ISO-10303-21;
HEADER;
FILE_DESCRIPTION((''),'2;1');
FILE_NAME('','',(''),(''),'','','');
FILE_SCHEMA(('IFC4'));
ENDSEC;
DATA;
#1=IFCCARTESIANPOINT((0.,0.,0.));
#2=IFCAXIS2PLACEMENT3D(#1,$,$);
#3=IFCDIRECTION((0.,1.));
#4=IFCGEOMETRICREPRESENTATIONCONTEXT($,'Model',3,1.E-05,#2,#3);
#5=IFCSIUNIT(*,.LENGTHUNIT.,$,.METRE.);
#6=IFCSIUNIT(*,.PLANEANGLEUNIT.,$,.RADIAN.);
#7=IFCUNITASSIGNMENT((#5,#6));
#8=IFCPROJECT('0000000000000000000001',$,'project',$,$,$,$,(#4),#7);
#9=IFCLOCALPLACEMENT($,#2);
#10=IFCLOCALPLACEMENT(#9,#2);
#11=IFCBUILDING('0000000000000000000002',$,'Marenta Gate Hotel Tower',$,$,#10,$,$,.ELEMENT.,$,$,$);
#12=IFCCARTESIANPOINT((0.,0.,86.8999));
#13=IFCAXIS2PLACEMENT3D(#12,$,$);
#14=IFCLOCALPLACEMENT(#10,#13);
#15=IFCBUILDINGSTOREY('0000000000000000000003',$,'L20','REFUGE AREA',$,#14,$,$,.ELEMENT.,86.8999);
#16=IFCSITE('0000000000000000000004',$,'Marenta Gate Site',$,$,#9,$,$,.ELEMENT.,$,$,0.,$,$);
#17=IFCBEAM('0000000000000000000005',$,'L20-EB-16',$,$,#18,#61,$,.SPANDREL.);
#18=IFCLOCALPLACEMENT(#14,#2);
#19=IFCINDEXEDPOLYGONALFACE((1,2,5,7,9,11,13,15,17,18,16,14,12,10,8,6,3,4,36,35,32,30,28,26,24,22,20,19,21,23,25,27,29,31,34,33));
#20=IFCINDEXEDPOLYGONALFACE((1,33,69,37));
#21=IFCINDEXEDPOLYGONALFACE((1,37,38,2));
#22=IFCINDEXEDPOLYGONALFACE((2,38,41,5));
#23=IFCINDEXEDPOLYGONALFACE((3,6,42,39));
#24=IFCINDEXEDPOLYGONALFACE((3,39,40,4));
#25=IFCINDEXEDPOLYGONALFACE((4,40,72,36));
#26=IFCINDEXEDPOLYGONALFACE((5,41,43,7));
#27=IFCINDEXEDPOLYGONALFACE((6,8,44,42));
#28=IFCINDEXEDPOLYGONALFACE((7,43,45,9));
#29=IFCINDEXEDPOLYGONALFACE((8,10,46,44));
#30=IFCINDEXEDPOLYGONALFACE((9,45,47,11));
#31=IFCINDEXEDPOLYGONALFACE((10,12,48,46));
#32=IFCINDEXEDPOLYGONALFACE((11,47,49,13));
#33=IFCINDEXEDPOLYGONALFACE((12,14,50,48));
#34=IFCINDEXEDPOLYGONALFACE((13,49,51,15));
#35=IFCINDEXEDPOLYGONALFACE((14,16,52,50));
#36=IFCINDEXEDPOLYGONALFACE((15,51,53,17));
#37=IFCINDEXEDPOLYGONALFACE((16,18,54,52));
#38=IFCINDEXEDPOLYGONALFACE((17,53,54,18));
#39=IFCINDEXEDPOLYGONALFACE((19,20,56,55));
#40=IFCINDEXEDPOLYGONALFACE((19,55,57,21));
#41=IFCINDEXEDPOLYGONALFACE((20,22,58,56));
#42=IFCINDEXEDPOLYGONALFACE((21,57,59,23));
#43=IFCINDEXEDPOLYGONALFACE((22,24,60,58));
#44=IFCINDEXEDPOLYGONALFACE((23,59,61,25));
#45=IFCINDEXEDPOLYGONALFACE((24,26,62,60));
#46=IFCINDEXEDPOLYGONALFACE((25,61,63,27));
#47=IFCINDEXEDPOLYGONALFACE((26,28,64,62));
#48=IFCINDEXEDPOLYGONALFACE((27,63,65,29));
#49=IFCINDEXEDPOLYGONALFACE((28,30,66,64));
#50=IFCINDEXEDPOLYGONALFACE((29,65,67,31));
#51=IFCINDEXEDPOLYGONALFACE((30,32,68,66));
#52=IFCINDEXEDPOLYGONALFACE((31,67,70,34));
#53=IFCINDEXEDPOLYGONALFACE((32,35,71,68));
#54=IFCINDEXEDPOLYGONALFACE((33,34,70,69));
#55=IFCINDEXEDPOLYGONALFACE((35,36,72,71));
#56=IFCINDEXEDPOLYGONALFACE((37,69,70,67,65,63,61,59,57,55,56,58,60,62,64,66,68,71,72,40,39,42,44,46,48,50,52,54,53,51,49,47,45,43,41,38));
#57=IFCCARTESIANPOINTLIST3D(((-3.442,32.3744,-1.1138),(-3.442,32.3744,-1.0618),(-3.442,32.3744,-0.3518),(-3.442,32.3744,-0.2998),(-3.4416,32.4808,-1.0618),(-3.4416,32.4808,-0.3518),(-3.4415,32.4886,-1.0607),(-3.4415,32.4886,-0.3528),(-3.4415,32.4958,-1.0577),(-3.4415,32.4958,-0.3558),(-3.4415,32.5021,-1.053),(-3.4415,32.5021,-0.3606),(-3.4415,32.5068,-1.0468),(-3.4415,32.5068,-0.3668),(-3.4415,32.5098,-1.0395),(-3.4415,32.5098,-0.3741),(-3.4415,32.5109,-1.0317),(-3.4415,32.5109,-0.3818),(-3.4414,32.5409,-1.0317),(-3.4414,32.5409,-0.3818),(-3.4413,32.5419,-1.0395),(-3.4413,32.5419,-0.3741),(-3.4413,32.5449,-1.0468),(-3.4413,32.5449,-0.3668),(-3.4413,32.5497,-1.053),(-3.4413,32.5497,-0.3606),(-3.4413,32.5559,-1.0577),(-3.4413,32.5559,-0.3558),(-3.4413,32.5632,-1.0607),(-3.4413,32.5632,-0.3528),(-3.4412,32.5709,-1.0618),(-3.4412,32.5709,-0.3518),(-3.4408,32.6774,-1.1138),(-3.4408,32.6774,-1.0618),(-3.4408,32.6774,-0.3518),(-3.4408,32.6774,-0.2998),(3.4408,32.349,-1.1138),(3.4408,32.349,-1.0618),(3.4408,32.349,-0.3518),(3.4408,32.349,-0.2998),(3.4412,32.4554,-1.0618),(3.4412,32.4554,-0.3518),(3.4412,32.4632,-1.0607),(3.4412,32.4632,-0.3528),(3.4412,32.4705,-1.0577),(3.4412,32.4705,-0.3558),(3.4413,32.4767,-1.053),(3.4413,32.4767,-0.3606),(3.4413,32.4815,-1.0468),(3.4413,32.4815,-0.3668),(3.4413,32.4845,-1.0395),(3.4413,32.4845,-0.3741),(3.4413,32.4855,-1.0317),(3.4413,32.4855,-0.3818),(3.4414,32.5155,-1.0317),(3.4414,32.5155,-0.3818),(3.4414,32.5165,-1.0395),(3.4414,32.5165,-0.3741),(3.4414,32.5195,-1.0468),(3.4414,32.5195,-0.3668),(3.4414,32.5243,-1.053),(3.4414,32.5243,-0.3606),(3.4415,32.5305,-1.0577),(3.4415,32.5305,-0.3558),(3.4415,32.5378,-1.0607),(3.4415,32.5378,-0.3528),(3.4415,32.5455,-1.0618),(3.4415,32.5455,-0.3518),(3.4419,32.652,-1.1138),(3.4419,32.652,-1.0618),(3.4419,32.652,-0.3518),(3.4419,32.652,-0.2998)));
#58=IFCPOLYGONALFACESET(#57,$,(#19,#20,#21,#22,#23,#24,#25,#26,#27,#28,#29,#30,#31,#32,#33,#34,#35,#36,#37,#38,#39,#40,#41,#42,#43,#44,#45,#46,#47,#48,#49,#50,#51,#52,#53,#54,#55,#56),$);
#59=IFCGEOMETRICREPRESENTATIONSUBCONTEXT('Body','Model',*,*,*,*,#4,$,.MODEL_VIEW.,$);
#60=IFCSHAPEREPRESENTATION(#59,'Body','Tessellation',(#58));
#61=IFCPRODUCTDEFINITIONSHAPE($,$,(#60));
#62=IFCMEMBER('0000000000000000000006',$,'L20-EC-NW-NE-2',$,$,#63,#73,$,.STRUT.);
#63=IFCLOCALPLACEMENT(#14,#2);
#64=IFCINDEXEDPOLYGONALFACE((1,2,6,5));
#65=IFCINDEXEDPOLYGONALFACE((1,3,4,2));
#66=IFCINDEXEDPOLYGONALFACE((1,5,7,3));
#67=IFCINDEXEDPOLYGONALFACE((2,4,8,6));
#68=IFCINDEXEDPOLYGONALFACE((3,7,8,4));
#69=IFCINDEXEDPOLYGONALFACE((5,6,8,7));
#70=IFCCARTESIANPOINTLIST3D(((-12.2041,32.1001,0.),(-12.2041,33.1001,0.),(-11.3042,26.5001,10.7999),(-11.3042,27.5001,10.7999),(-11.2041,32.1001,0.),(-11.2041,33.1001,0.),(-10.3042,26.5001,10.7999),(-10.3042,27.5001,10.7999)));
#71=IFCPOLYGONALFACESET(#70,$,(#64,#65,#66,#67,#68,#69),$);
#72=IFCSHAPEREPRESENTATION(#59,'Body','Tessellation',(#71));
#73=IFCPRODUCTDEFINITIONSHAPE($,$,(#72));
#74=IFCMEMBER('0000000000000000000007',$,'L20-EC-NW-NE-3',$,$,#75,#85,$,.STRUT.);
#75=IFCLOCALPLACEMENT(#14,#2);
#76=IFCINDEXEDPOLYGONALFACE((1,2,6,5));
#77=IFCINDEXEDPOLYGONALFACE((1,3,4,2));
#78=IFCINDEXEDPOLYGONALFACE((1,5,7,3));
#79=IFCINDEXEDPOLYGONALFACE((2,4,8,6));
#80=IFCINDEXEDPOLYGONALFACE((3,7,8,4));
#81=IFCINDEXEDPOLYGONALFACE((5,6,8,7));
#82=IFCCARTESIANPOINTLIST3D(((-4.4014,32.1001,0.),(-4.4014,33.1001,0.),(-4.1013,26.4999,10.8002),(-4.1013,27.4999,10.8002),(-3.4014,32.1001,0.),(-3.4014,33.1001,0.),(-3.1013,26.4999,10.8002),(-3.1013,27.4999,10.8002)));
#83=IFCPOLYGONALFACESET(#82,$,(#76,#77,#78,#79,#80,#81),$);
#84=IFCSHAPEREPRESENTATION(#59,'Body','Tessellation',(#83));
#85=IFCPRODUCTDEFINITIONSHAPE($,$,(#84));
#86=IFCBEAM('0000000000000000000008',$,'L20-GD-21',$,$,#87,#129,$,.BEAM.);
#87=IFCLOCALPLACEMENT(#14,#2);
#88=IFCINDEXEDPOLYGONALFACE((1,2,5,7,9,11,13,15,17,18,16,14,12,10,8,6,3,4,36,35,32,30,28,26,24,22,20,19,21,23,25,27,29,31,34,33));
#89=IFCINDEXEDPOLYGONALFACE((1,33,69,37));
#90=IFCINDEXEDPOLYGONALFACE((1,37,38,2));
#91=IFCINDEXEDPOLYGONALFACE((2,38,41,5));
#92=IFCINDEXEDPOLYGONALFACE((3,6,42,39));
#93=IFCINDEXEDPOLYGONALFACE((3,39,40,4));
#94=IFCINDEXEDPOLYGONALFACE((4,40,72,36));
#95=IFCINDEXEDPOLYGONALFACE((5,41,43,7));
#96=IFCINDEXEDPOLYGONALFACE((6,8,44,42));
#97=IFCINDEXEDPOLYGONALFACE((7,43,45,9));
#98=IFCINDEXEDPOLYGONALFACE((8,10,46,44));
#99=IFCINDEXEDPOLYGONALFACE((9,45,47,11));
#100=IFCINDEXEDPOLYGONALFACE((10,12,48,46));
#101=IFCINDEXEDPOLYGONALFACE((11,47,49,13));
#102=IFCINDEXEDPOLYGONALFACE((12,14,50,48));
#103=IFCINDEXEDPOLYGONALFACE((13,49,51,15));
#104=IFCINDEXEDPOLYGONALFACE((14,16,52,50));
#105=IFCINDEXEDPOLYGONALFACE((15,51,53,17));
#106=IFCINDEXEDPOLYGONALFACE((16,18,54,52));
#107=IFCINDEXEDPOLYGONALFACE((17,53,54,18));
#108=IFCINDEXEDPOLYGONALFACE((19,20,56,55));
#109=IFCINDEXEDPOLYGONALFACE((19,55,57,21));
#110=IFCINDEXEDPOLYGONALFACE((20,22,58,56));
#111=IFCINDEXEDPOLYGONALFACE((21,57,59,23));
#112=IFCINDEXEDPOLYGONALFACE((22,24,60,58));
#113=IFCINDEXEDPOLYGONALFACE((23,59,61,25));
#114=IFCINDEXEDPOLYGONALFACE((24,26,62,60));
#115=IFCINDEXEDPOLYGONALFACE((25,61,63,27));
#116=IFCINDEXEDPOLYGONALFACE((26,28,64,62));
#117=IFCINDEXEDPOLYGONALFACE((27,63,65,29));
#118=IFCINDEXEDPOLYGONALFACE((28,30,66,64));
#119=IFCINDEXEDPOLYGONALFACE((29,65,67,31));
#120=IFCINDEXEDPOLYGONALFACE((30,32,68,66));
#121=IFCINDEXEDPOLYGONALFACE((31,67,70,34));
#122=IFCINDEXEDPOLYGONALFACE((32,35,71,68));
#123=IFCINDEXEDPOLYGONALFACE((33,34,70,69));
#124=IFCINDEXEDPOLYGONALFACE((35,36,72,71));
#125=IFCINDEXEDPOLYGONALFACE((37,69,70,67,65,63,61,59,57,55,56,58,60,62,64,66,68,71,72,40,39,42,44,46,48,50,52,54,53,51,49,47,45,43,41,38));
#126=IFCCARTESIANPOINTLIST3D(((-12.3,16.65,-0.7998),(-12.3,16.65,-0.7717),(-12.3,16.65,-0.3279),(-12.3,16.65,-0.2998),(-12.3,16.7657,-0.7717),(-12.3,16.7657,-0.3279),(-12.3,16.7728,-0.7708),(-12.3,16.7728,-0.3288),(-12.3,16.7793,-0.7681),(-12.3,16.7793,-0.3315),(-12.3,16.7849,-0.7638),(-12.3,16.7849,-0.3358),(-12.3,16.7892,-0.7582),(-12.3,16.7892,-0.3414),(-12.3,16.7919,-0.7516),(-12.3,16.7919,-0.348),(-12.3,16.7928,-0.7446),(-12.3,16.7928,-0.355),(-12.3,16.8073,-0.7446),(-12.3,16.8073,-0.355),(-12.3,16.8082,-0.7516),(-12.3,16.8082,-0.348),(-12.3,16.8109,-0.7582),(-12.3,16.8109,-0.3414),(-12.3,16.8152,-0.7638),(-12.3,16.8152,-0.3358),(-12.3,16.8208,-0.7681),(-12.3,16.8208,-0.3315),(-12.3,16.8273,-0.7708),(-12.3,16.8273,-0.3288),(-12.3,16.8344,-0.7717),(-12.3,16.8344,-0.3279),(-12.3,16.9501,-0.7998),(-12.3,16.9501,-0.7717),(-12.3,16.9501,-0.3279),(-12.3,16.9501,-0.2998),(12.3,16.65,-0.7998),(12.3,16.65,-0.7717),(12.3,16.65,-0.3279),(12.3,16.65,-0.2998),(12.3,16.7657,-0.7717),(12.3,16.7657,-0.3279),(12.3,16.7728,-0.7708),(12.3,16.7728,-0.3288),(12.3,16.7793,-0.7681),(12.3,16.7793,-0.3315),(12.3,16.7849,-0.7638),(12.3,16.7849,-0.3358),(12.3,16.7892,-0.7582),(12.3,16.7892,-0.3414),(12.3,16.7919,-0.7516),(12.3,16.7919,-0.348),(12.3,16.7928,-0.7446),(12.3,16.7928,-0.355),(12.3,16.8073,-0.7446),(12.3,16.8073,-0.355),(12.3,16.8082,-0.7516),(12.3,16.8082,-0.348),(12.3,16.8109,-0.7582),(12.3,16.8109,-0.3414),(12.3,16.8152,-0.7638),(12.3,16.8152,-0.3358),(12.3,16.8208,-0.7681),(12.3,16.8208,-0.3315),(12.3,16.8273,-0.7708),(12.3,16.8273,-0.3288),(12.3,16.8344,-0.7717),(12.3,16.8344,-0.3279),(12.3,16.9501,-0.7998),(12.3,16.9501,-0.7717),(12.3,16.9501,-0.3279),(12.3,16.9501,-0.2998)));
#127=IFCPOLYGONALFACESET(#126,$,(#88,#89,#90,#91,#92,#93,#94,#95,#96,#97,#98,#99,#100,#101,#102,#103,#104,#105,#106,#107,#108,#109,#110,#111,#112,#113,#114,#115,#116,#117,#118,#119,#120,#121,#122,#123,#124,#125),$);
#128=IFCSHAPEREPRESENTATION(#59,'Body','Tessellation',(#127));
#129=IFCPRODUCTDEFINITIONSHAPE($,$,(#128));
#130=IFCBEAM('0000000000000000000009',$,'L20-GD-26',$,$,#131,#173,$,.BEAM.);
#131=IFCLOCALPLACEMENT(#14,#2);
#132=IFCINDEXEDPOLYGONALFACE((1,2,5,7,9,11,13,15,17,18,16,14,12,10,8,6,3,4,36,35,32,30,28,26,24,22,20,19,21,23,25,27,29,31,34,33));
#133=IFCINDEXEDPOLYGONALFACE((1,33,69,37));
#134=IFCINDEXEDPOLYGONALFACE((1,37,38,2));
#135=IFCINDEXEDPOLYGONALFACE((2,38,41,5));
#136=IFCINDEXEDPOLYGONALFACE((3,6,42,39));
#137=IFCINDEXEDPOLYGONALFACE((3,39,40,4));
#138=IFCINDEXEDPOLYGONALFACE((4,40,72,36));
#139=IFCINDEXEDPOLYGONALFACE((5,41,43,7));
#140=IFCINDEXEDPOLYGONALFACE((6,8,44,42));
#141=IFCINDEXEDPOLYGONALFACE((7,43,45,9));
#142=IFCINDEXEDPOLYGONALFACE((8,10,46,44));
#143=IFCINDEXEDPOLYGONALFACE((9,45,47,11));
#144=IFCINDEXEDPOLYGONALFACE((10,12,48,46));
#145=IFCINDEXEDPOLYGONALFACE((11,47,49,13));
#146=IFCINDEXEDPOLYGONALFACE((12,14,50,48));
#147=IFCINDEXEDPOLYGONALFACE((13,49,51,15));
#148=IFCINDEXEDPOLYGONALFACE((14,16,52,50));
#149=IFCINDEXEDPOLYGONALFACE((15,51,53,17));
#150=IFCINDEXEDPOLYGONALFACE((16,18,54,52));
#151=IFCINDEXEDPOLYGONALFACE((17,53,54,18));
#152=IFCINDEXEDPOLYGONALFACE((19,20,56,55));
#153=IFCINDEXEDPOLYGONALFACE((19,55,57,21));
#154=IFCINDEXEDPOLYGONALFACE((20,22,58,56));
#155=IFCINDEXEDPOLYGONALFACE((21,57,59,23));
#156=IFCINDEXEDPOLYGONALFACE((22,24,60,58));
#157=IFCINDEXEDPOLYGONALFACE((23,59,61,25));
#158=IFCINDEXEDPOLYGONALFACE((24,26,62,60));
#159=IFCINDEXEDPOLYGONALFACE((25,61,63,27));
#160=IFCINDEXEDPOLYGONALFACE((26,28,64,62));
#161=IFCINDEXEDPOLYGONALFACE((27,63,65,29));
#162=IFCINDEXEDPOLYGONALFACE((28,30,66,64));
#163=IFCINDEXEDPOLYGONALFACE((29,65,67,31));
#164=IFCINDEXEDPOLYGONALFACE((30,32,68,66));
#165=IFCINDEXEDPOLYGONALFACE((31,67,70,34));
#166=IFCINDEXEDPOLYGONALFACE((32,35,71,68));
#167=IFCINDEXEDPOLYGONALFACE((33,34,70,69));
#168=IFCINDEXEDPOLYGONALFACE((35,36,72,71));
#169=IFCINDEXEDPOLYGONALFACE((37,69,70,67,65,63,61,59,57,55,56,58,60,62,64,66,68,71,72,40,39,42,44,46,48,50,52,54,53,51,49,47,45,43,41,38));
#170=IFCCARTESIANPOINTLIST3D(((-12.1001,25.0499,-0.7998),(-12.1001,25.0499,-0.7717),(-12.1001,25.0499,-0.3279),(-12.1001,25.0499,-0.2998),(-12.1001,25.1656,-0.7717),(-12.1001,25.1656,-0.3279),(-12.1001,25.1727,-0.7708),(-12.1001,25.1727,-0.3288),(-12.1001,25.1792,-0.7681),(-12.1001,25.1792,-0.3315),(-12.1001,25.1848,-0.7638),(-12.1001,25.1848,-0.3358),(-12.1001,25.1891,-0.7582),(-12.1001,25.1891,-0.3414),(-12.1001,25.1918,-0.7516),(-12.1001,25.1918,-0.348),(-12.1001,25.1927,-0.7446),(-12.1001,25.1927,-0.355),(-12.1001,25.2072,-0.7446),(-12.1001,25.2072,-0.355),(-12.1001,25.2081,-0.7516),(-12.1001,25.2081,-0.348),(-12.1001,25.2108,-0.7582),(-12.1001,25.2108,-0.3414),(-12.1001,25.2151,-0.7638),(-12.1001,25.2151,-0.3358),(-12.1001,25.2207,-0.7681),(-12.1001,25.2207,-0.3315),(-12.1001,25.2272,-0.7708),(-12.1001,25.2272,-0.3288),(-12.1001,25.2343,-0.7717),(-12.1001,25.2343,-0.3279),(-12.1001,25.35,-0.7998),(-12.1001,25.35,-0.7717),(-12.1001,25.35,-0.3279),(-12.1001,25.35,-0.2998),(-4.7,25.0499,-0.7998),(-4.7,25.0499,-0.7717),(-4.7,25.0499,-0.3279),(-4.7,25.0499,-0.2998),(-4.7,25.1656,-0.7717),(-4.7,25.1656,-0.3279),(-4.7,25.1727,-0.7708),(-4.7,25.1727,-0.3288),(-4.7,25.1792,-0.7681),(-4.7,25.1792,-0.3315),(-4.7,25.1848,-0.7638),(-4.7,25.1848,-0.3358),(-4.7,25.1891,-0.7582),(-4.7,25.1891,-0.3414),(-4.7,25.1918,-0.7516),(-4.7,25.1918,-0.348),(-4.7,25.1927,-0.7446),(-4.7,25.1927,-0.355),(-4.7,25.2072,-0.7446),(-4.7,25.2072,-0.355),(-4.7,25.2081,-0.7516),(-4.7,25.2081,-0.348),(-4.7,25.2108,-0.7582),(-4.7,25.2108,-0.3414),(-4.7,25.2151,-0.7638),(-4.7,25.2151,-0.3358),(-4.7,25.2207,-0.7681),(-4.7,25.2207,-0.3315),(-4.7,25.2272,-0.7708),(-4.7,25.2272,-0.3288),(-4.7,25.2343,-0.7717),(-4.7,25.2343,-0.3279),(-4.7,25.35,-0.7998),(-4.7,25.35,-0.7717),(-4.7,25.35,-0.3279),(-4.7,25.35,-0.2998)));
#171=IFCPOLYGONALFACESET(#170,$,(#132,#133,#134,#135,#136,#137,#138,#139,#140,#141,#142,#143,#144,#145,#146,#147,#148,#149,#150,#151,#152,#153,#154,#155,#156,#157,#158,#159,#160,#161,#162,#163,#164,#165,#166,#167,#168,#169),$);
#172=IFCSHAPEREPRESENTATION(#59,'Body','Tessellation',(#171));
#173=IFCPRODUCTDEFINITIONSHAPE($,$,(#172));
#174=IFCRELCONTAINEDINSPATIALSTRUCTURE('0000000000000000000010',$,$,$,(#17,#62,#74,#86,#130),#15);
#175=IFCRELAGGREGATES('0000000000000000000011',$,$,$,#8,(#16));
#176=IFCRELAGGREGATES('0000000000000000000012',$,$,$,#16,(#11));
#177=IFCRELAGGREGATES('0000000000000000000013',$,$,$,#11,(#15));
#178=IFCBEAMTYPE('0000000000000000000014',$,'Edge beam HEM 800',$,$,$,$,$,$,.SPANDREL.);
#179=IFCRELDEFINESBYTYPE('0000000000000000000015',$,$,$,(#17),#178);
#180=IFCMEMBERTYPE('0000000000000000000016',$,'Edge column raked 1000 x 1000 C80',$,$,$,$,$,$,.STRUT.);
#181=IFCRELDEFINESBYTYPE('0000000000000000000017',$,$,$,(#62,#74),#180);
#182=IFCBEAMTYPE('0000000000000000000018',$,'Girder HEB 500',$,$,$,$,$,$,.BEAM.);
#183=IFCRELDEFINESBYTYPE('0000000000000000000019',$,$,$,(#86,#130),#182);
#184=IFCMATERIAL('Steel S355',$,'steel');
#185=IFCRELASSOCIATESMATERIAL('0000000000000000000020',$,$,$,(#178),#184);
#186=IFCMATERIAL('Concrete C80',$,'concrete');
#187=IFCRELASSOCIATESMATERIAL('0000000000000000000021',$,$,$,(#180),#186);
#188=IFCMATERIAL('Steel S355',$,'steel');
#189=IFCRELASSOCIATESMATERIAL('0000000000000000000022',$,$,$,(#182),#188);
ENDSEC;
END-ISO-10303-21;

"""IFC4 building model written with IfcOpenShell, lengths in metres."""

from ifc_helpers import new_model, si_unit, direction, frame, origin, origin_2d, place, context, subcontext, project, spatial, rectangle, i_section, extrude, material, material_profile, profile_set, type_object, element, save


model = new_model("IFC4")

# Units and contexts
model_context = context("Model", 3, precision=1e-05, world=origin(), true_north=direction((0.0, 1.0)))
body_context = subcontext(model_context, "Body", "Model", "MODEL_VIEW")
ifc_project = project(units=[si_unit("LENGTHUNIT", "METRE"), si_unit("PLANEANGLEUNIT", "RADIAN")], contexts=[model_context])

# Site, building, storey
site_placement = place(None, origin())
site = spatial("IfcSite", under=ifc_project, at=site_placement, Name="Marenta Gate Site", CompositionType="ELEMENT", RefElevation=0.0)
building_placement = place(site_placement, origin())
building = spatial("IfcBuilding", under=site, at=building_placement, Name="Marenta Gate Hotel Tower", CompositionType="ELEMENT")
storey_placement = place(building_placement, frame((0.0, 0.0, 86.8999)))
storey = spatial("IfcBuildingStorey", under=building, at=storey_placement, Name="L20", Description="REFUGE AREA", CompositionType="ELEMENT", Elevation=86.8999)

# Beam
ifc_material_1 = material(Name="Steel S355", Category="steel")
ifc_material_profile_1 = material_profile(ifc_material_1, i_section(OverallWidth=0.303, OverallDepth=0.814, WebThickness=0.03, FlangeThickness=0.052, FilletRadius=0.03, at=origin_2d()), Name="HEM 800")
ifc_profile_set_1 = profile_set([ifc_material_profile_1], Name="Steel S355")
beam_type_1 = type_object("IfcBeamType", Name="Edge beam HEM 800", PredefinedType="SPANDREL", material=ifc_profile_set_1)
for number, where, z_axis, x_axis, name in (
    (1, (-3.4414, 32.5259, -0.7068), (0.999993, -0.003689, 0.0), (0.003689, 0.999993, 0.0), "L20-EB-16"),
):
    element("IfcBeam", number, at=place(storey_placement, frame(where, z_axis=z_axis, x_axis=x_axis)), inside=storey, type_object=beam_type_1, Name=name, PredefinedType="SPANDREL", context=body_context, shape_type="SweptSolid", body=[
        extrude(i_section(OverallWidth=0.303, OverallDepth=0.814, WebThickness=0.03, FlangeThickness=0.052, FilletRadius=0.03, at=origin_2d()), origin(), (0.0, 0.0, 1.0), 6.8828),
    ])

# Members
ifc_material_2 = material(Name="Concrete C80", Category="concrete")
ifc_material_profile_2 = material_profile(ifc_material_2, rectangle(XDim=1.0, YDim=1.0, at=origin_2d()), Name="1000 x 1000")
ifc_profile_set_2 = profile_set([ifc_material_profile_2], Name="Concrete C80")
member_type = type_object("IfcMemberType", Name="Edge column raked 1000 x 1000 C80", PredefinedType="STRUT", material=ifc_profile_set_2)
member_1_placement = place(storey_placement, frame((-11.7041, 32.6001, 0.0), z_axis=(0.0, 0.0, 1.0), x_axis=(1.0, 0.0, 0.0)))
element("IfcMember", 2, at=member_1_placement, inside=storey, type_object=member_type, Name="L20-EC-NW-NE-2", PredefinedType="STRUT", context=body_context, shape_type="SweptSolid", body=[
    extrude(rectangle(XDim=1.0, YDim=1.0, at=origin_2d()), origin(), (0.073769, -0.459068, 0.885333), 12.1987),
])
member_2_placement = place(storey_placement, frame((-3.9014, 32.6001, 0.0), z_axis=(0.0, 0.0, 1.0), x_axis=(1.0, 0.0, 0.0)))
element("IfcMember", 3, at=member_2_placement, inside=storey, type_object=member_type, Name="L20-EC-NW-NE-3", PredefinedType="STRUT", context=body_context, shape_type="SweptSolid", body=[
    extrude(rectangle(XDim=1.0, YDim=1.0, at=origin_2d()), origin(), (0.024656, -0.460182, 0.887482), 12.1694),
])

# Beams
ifc_material_3 = material(Name="Steel S355", Category="steel")
ifc_material_profile_3 = material_profile(ifc_material_3, i_section(OverallWidth=0.3, OverallDepth=0.5, WebThickness=0.0144, FlangeThickness=0.0281, FilletRadius=0.0271, at=origin_2d()), Name="HEB 500")
ifc_profile_set_3 = profile_set([ifc_material_profile_3], Name="Steel S355")
beam_type_2 = type_object("IfcBeamType", Name="Girder HEB 500", PredefinedType="BEAM", material=ifc_profile_set_3)
beam_1_placement = place(storey_placement, frame((-12.3, 16.8, -0.5498), z_axis=(1.0, 0.0, 0.0), x_axis=(0.0, 1.0, 0.0)))
element("IfcBeam", 4, at=beam_1_placement, inside=storey, type_object=beam_type_2, Name="L20-GD-21", PredefinedType="BEAM", context=body_context, shape_type="SweptSolid", body=[
    extrude(i_section(OverallWidth=0.3, OverallDepth=0.5, WebThickness=0.0144, FlangeThickness=0.0281, FilletRadius=0.0271, at=origin_2d()), origin(), (0.0, 0.0, 1.0), 24.6001),
])
beam_2_placement = place(storey_placement, frame((-12.1001, 25.2, -0.5498), z_axis=(1.0, 0.0, 0.0), x_axis=(0.0, 1.0, 0.0)))
element("IfcBeam", 5, at=beam_2_placement, inside=storey, type_object=beam_type_2, Name="L20-GD-26", PredefinedType="BEAM", context=body_context, shape_type="SweptSolid", body=[
    extrude(i_section(OverallWidth=0.3, OverallDepth=0.5, WebThickness=0.0144, FlangeThickness=0.0281, FilletRadius=0.0271, at=origin_2d()), origin(), (0.0, 0.0, 1.0), 7.4001),
])

save(model, "model.ifc")
